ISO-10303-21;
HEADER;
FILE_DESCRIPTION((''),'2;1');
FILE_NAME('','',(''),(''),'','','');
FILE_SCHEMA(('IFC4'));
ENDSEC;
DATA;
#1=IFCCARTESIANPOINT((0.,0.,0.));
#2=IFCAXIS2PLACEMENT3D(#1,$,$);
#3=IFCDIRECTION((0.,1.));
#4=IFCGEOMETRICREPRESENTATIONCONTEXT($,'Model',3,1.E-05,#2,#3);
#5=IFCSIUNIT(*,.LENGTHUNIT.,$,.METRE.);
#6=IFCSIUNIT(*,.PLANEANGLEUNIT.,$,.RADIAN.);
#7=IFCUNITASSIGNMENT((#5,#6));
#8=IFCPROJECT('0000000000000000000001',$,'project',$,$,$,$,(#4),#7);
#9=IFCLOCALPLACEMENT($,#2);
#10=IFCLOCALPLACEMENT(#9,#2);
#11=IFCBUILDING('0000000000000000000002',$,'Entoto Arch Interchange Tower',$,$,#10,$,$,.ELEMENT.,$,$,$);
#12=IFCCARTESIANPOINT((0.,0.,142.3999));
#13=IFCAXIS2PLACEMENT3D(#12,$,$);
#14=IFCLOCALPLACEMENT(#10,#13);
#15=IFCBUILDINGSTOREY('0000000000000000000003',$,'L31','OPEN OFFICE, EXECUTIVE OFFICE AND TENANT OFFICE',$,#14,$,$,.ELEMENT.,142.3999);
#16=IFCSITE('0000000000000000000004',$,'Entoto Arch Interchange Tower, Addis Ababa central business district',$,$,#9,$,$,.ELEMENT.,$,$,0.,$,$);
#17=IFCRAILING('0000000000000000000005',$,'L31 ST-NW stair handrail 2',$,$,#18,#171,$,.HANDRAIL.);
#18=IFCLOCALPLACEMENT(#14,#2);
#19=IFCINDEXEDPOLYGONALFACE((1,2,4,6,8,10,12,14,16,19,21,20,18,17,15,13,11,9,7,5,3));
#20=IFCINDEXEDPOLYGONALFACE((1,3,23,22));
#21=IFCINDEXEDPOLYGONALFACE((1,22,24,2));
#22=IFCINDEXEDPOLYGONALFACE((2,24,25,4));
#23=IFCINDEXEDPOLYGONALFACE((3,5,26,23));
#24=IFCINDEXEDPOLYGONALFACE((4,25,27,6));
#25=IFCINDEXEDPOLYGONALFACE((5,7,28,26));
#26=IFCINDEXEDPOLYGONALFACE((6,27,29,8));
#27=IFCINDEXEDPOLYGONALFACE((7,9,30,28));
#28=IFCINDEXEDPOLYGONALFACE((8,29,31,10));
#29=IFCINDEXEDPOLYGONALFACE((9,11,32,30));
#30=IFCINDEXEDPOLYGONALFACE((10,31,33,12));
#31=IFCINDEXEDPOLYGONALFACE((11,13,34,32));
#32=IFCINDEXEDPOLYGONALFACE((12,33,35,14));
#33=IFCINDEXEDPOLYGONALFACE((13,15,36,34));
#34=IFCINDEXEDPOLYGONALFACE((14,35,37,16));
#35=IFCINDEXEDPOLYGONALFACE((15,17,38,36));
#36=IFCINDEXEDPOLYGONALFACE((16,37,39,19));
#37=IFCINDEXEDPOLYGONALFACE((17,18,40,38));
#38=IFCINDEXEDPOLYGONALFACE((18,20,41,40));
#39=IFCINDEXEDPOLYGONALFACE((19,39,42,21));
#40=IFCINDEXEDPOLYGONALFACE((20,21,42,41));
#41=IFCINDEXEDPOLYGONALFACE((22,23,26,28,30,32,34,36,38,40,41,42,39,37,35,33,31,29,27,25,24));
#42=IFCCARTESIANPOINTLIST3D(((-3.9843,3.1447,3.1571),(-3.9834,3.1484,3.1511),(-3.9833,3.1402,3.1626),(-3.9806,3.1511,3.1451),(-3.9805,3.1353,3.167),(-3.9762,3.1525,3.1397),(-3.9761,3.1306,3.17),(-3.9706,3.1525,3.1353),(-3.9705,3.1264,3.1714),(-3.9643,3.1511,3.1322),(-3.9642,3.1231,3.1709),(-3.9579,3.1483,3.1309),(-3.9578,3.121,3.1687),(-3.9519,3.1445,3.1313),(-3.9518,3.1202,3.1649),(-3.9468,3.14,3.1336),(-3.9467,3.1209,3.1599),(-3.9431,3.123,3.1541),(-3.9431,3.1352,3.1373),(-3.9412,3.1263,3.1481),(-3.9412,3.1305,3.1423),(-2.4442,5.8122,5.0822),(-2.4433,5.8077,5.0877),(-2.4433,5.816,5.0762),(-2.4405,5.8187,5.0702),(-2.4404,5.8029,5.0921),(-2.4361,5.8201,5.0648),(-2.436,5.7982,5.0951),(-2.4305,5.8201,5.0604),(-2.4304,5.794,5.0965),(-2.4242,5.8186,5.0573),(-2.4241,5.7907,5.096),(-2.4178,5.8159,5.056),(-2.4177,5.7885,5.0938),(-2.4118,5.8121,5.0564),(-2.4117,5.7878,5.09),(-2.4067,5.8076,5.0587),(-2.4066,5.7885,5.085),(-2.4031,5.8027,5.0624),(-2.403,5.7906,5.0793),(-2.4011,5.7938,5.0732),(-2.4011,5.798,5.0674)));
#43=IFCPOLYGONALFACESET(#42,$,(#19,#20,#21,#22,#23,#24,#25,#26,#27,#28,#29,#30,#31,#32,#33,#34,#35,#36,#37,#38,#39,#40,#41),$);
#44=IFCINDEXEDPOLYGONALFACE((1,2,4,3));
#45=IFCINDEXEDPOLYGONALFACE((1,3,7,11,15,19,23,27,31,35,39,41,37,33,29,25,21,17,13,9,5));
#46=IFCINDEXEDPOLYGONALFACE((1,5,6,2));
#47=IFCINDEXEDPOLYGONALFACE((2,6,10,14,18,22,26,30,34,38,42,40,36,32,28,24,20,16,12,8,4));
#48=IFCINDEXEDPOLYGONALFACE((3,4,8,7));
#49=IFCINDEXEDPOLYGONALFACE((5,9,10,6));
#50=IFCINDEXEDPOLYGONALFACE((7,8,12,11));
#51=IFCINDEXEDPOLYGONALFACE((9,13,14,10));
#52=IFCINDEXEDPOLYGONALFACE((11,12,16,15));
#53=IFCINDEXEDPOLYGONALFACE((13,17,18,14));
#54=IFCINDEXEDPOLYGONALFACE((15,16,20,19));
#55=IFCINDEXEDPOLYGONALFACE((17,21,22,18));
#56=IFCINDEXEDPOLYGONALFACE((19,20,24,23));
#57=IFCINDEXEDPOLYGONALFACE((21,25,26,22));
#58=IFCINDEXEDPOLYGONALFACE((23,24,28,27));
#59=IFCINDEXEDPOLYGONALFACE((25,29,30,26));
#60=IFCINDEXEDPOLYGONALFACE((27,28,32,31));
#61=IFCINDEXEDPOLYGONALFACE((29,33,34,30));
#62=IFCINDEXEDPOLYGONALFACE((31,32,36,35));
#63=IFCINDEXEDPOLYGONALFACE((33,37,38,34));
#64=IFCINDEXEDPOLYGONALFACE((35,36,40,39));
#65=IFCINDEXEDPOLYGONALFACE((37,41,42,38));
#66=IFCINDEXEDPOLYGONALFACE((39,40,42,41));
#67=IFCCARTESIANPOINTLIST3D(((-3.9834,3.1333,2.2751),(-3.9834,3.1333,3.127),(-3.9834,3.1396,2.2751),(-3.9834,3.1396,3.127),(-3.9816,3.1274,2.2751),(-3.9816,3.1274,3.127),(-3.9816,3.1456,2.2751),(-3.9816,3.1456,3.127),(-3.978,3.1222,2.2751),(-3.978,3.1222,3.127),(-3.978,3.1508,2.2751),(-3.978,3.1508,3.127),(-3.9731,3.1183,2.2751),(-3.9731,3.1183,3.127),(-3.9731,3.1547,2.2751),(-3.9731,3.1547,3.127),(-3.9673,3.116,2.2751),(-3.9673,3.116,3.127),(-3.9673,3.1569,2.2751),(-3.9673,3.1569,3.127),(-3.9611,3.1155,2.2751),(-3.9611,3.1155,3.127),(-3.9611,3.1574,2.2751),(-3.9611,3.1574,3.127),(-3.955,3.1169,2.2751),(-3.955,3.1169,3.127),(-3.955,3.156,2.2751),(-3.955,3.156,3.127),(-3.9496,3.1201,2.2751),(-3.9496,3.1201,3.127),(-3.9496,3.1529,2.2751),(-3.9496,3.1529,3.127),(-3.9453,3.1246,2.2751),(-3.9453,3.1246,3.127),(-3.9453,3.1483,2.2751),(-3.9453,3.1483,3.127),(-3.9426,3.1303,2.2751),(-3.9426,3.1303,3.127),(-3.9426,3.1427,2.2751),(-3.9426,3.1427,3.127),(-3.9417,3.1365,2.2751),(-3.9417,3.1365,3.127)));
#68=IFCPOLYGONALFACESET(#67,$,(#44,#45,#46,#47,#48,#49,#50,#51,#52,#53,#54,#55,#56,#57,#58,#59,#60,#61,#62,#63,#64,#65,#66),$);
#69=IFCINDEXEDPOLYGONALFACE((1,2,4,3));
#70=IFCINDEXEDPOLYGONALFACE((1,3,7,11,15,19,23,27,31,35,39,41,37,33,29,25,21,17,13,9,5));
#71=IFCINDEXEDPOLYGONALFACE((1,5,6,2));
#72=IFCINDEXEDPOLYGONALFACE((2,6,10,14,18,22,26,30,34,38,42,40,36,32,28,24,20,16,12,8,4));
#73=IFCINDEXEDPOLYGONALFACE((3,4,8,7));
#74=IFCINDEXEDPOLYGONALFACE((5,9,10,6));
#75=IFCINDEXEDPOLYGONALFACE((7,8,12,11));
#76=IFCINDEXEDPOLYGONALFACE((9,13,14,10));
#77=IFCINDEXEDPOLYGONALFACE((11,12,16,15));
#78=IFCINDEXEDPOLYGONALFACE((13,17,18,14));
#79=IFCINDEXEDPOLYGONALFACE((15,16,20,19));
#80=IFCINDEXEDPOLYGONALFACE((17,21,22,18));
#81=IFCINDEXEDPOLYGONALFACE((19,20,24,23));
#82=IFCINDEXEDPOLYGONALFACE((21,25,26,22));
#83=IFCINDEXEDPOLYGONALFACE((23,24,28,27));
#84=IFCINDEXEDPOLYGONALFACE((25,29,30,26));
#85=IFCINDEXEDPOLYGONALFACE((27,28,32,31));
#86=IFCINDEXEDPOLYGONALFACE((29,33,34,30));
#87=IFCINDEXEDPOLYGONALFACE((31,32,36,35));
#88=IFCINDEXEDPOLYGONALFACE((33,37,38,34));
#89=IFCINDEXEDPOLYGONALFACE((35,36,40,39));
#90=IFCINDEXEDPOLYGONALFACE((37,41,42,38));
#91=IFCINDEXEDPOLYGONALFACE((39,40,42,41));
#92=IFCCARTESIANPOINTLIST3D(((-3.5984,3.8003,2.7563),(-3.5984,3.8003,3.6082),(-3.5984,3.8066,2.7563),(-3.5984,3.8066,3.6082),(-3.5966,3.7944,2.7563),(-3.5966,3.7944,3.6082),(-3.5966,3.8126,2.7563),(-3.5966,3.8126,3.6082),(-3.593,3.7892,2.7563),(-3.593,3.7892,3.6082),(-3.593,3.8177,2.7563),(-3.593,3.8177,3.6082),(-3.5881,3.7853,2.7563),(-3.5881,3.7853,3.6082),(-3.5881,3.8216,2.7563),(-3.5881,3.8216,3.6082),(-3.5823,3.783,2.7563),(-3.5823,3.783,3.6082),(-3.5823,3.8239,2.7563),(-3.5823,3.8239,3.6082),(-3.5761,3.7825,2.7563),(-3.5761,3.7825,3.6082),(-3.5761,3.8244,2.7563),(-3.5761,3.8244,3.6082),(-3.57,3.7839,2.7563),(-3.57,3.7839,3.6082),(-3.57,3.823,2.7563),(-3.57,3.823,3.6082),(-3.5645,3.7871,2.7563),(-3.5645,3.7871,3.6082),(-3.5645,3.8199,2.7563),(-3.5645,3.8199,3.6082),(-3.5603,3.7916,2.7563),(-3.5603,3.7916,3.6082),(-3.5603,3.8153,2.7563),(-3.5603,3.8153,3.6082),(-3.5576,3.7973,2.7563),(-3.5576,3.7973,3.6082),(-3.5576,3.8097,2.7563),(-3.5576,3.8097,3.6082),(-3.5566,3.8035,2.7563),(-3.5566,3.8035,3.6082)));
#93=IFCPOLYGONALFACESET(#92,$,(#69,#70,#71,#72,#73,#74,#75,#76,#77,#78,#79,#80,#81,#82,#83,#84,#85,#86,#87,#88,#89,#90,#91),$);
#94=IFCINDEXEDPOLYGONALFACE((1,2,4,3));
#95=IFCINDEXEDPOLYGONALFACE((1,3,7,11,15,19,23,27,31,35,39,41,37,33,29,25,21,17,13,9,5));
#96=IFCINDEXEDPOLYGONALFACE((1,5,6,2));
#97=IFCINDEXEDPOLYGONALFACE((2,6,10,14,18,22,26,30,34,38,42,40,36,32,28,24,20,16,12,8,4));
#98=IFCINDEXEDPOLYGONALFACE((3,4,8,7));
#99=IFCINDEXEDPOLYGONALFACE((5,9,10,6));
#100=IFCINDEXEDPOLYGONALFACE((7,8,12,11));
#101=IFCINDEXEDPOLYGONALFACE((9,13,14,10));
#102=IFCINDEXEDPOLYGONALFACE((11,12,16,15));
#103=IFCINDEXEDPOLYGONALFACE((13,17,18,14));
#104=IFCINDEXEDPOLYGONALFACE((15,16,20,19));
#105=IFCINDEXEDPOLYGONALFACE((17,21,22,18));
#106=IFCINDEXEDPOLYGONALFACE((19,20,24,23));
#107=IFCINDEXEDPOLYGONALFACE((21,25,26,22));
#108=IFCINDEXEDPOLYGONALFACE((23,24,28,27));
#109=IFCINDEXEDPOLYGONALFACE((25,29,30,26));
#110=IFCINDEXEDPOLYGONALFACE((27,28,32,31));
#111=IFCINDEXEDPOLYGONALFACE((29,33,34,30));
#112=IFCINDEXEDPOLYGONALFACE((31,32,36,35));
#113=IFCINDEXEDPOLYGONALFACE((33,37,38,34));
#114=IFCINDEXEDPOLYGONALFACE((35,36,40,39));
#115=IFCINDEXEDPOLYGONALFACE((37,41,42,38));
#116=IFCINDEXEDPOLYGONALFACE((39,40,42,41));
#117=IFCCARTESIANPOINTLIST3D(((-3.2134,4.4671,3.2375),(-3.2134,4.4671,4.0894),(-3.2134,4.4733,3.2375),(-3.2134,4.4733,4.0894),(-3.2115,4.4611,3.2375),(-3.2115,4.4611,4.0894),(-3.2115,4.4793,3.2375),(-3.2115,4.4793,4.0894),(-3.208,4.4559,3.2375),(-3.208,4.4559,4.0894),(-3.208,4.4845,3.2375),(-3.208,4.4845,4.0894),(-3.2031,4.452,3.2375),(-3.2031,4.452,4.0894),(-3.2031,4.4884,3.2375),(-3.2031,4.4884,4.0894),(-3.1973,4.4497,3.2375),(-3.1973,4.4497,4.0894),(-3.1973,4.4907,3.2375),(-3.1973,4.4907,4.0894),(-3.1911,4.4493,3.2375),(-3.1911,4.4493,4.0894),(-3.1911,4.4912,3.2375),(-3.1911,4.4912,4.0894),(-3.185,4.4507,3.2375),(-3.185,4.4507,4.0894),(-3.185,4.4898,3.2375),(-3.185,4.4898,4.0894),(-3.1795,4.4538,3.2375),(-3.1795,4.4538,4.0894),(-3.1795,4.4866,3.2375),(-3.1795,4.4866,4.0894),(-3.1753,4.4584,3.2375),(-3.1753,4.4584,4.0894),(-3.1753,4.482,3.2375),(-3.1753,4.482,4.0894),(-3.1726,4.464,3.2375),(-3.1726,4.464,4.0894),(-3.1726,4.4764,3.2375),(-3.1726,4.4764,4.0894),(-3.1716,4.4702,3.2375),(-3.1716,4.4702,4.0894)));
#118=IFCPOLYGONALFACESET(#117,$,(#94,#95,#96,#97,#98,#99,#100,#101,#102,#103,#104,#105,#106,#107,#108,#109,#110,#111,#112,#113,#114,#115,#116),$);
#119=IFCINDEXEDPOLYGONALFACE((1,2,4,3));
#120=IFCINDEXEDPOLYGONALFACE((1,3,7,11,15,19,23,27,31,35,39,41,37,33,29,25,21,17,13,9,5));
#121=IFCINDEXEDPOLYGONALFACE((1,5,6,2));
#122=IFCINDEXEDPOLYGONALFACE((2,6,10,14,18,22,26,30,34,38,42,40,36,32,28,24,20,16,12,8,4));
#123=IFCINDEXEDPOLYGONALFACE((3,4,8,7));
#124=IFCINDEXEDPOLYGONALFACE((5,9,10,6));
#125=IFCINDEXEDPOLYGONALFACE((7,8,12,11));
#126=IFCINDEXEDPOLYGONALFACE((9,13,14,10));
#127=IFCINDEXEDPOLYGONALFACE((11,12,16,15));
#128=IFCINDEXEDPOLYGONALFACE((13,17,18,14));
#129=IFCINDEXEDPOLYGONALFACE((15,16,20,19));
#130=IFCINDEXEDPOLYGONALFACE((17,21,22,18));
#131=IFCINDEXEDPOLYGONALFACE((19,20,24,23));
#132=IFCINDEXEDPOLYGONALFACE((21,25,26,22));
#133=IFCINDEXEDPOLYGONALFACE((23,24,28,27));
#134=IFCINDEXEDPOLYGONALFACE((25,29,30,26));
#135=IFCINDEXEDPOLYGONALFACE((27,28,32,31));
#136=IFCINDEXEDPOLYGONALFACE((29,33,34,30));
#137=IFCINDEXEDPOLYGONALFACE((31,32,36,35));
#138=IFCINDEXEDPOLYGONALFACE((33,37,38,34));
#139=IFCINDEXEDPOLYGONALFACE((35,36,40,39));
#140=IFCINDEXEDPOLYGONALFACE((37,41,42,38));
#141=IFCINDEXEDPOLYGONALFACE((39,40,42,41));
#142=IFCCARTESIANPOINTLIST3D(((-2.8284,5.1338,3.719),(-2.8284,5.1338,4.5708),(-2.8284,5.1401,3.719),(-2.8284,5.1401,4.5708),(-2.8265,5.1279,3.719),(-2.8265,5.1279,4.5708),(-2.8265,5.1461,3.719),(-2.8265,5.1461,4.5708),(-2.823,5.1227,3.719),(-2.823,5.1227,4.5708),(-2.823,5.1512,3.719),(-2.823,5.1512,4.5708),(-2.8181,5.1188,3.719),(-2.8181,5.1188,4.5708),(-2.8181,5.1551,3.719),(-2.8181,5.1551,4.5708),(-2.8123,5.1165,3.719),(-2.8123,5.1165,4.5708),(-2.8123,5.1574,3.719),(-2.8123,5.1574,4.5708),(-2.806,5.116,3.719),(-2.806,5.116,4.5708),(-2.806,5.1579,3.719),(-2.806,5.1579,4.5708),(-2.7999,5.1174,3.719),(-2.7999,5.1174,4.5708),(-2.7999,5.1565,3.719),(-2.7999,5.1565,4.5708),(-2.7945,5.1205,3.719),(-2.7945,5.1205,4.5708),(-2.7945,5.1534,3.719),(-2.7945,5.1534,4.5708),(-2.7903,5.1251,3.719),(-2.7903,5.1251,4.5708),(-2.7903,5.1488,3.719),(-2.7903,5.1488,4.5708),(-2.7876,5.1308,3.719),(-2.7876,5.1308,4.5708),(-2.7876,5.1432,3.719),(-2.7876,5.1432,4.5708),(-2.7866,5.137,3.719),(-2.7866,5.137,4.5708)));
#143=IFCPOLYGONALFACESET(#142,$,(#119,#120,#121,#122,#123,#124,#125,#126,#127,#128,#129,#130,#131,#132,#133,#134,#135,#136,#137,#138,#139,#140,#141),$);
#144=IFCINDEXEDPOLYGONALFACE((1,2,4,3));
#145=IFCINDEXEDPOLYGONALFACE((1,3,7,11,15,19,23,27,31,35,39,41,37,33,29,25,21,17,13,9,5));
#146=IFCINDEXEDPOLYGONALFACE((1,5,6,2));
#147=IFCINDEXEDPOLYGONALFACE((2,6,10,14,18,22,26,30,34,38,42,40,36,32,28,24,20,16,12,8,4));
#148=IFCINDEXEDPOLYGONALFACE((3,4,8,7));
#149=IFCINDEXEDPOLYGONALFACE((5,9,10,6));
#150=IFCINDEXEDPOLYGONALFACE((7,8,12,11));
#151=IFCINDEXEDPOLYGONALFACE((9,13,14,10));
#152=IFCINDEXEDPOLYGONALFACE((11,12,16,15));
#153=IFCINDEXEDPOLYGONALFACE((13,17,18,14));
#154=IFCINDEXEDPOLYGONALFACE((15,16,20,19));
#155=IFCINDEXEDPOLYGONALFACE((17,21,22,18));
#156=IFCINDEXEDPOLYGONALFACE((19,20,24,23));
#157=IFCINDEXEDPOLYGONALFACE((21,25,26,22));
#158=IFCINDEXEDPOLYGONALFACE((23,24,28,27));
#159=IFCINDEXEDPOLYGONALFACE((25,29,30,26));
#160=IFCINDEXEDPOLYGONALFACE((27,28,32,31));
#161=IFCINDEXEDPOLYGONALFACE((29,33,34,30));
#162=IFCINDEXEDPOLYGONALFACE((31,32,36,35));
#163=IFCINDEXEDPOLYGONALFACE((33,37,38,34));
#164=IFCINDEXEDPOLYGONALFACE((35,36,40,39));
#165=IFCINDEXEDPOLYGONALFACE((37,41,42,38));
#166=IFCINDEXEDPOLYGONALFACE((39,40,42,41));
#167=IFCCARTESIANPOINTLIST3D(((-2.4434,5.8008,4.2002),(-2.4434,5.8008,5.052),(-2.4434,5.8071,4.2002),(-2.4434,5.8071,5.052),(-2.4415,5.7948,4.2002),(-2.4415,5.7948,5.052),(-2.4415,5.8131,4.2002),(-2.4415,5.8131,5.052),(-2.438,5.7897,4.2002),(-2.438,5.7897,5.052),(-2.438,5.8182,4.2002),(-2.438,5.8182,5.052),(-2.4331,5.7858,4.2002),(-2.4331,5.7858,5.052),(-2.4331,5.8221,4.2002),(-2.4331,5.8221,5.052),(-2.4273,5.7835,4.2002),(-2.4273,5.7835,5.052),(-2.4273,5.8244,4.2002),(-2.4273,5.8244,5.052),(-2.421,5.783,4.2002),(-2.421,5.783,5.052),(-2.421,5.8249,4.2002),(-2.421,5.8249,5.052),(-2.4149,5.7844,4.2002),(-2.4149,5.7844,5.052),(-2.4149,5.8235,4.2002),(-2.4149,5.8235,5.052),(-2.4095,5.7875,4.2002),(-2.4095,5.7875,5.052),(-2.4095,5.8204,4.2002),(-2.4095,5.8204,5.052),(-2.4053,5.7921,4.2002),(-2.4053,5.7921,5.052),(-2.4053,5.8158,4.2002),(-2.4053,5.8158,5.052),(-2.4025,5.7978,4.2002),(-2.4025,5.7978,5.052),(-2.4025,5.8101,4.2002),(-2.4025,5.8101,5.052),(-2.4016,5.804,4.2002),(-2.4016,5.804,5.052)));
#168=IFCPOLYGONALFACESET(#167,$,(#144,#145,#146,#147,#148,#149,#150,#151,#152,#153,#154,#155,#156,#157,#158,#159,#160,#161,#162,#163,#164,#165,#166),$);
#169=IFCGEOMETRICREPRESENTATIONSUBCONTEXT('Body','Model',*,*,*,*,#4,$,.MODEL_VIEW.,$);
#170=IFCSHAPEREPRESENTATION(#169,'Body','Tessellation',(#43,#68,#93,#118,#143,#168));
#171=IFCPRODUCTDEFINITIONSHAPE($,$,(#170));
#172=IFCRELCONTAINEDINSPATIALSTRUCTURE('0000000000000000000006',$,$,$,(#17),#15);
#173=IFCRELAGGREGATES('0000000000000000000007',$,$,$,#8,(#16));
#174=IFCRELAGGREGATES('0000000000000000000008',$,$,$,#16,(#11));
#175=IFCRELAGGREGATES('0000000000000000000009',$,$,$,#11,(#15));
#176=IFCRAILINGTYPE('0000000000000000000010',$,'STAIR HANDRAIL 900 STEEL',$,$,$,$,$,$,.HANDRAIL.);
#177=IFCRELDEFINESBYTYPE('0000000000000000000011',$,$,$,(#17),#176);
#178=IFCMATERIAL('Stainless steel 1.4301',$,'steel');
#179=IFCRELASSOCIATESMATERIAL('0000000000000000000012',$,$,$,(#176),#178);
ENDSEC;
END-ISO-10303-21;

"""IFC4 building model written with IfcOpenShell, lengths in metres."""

from ifc_helpers import new_model, si_unit, direction, frame, origin, origin_2d, place, context, subcontext, project, spatial, circle, extrude, material, type_object, element, save


model = new_model("IFC4")

# Units and contexts
model_context = context("Model", 3, precision=1e-05, world=origin(), true_north=direction((0.0, 1.0)))
body_context = subcontext(model_context, "Body", "Model", "MODEL_VIEW")
ifc_project = project(units=[si_unit("LENGTHUNIT", "METRE"), si_unit("PLANEANGLEUNIT", "RADIAN")], contexts=[model_context])

# Site, building, storey
site_placement = place(None, origin())
site = spatial("IfcSite", under=ifc_project, at=site_placement, Name="Entoto Arch Interchange Tower, Addis Ababa central business district", CompositionType="ELEMENT", RefElevation=0.0)
building_placement = place(site_placement, origin())
building = spatial("IfcBuilding", under=site, at=building_placement, Name="Entoto Arch Interchange Tower", CompositionType="ELEMENT")
storey_placement = place(building_placement, frame((0.0, 0.0, 142.3999)))
storey = spatial("IfcBuildingStorey", under=building, at=storey_placement, Name="L31", Description="OPEN OFFICE, EXECUTIVE OFFICE AND TENANT OFFICE", CompositionType="ELEMENT", Elevation=142.3999)

# Railing
ifc_material_1 = material(Name="Stainless steel 1.4301", Category="steel")
railing_type_1 = type_object("IfcRailingType", Name="STAIR HANDRAIL 900 STEEL", PredefinedType="HANDRAIL", material=ifc_material_1)
railing_1_placement = place(storey_placement, frame((-3.9626, 3.1365, 2.2751)))
element("IfcRailing", 1, at=railing_1_placement, inside=storey, type_object=railing_type_1, Name="L31 ST-NW stair handrail 2", PredefinedType="HANDRAIL", context=body_context, shape_type="SweptSolid", body=[
    extrude(circle(Radius=0.0239, at=origin_2d()), frame((0.0, 0.0, 0.876), z_axis=(0.423994, 0.734395, 0.529993), x_axis=(-0.86603, 0.499992, 0.0)), (0.0, 0.0, 1.0), 3.6323),
    extrude(circle(Radius=0.021, at=origin_2d()), origin(), (0.0, 0.0, 1.0), 0.8518),
    extrude(circle(Radius=0.021, at=origin_2d()), frame((0.385, 0.667, 0.4812)), (0.0, 0.0, 1.0), 0.8518),
    extrude(circle(Radius=0.021, at=origin_2d()), frame((0.77, 1.3337, 0.9624)), (0.0, 0.0, 1.0), 0.8518),
    extrude(circle(Radius=0.021, at=origin_2d()), frame((1.155, 2.0005, 1.4438)), (0.0, 0.0, 1.0), 0.8518),
    extrude(circle(Radius=0.021, at=origin_2d()), frame((1.54, 2.6675, 1.925)), (0.0, 0.0, 1.0), 0.8518),
])

save(model, "model.ifc")
